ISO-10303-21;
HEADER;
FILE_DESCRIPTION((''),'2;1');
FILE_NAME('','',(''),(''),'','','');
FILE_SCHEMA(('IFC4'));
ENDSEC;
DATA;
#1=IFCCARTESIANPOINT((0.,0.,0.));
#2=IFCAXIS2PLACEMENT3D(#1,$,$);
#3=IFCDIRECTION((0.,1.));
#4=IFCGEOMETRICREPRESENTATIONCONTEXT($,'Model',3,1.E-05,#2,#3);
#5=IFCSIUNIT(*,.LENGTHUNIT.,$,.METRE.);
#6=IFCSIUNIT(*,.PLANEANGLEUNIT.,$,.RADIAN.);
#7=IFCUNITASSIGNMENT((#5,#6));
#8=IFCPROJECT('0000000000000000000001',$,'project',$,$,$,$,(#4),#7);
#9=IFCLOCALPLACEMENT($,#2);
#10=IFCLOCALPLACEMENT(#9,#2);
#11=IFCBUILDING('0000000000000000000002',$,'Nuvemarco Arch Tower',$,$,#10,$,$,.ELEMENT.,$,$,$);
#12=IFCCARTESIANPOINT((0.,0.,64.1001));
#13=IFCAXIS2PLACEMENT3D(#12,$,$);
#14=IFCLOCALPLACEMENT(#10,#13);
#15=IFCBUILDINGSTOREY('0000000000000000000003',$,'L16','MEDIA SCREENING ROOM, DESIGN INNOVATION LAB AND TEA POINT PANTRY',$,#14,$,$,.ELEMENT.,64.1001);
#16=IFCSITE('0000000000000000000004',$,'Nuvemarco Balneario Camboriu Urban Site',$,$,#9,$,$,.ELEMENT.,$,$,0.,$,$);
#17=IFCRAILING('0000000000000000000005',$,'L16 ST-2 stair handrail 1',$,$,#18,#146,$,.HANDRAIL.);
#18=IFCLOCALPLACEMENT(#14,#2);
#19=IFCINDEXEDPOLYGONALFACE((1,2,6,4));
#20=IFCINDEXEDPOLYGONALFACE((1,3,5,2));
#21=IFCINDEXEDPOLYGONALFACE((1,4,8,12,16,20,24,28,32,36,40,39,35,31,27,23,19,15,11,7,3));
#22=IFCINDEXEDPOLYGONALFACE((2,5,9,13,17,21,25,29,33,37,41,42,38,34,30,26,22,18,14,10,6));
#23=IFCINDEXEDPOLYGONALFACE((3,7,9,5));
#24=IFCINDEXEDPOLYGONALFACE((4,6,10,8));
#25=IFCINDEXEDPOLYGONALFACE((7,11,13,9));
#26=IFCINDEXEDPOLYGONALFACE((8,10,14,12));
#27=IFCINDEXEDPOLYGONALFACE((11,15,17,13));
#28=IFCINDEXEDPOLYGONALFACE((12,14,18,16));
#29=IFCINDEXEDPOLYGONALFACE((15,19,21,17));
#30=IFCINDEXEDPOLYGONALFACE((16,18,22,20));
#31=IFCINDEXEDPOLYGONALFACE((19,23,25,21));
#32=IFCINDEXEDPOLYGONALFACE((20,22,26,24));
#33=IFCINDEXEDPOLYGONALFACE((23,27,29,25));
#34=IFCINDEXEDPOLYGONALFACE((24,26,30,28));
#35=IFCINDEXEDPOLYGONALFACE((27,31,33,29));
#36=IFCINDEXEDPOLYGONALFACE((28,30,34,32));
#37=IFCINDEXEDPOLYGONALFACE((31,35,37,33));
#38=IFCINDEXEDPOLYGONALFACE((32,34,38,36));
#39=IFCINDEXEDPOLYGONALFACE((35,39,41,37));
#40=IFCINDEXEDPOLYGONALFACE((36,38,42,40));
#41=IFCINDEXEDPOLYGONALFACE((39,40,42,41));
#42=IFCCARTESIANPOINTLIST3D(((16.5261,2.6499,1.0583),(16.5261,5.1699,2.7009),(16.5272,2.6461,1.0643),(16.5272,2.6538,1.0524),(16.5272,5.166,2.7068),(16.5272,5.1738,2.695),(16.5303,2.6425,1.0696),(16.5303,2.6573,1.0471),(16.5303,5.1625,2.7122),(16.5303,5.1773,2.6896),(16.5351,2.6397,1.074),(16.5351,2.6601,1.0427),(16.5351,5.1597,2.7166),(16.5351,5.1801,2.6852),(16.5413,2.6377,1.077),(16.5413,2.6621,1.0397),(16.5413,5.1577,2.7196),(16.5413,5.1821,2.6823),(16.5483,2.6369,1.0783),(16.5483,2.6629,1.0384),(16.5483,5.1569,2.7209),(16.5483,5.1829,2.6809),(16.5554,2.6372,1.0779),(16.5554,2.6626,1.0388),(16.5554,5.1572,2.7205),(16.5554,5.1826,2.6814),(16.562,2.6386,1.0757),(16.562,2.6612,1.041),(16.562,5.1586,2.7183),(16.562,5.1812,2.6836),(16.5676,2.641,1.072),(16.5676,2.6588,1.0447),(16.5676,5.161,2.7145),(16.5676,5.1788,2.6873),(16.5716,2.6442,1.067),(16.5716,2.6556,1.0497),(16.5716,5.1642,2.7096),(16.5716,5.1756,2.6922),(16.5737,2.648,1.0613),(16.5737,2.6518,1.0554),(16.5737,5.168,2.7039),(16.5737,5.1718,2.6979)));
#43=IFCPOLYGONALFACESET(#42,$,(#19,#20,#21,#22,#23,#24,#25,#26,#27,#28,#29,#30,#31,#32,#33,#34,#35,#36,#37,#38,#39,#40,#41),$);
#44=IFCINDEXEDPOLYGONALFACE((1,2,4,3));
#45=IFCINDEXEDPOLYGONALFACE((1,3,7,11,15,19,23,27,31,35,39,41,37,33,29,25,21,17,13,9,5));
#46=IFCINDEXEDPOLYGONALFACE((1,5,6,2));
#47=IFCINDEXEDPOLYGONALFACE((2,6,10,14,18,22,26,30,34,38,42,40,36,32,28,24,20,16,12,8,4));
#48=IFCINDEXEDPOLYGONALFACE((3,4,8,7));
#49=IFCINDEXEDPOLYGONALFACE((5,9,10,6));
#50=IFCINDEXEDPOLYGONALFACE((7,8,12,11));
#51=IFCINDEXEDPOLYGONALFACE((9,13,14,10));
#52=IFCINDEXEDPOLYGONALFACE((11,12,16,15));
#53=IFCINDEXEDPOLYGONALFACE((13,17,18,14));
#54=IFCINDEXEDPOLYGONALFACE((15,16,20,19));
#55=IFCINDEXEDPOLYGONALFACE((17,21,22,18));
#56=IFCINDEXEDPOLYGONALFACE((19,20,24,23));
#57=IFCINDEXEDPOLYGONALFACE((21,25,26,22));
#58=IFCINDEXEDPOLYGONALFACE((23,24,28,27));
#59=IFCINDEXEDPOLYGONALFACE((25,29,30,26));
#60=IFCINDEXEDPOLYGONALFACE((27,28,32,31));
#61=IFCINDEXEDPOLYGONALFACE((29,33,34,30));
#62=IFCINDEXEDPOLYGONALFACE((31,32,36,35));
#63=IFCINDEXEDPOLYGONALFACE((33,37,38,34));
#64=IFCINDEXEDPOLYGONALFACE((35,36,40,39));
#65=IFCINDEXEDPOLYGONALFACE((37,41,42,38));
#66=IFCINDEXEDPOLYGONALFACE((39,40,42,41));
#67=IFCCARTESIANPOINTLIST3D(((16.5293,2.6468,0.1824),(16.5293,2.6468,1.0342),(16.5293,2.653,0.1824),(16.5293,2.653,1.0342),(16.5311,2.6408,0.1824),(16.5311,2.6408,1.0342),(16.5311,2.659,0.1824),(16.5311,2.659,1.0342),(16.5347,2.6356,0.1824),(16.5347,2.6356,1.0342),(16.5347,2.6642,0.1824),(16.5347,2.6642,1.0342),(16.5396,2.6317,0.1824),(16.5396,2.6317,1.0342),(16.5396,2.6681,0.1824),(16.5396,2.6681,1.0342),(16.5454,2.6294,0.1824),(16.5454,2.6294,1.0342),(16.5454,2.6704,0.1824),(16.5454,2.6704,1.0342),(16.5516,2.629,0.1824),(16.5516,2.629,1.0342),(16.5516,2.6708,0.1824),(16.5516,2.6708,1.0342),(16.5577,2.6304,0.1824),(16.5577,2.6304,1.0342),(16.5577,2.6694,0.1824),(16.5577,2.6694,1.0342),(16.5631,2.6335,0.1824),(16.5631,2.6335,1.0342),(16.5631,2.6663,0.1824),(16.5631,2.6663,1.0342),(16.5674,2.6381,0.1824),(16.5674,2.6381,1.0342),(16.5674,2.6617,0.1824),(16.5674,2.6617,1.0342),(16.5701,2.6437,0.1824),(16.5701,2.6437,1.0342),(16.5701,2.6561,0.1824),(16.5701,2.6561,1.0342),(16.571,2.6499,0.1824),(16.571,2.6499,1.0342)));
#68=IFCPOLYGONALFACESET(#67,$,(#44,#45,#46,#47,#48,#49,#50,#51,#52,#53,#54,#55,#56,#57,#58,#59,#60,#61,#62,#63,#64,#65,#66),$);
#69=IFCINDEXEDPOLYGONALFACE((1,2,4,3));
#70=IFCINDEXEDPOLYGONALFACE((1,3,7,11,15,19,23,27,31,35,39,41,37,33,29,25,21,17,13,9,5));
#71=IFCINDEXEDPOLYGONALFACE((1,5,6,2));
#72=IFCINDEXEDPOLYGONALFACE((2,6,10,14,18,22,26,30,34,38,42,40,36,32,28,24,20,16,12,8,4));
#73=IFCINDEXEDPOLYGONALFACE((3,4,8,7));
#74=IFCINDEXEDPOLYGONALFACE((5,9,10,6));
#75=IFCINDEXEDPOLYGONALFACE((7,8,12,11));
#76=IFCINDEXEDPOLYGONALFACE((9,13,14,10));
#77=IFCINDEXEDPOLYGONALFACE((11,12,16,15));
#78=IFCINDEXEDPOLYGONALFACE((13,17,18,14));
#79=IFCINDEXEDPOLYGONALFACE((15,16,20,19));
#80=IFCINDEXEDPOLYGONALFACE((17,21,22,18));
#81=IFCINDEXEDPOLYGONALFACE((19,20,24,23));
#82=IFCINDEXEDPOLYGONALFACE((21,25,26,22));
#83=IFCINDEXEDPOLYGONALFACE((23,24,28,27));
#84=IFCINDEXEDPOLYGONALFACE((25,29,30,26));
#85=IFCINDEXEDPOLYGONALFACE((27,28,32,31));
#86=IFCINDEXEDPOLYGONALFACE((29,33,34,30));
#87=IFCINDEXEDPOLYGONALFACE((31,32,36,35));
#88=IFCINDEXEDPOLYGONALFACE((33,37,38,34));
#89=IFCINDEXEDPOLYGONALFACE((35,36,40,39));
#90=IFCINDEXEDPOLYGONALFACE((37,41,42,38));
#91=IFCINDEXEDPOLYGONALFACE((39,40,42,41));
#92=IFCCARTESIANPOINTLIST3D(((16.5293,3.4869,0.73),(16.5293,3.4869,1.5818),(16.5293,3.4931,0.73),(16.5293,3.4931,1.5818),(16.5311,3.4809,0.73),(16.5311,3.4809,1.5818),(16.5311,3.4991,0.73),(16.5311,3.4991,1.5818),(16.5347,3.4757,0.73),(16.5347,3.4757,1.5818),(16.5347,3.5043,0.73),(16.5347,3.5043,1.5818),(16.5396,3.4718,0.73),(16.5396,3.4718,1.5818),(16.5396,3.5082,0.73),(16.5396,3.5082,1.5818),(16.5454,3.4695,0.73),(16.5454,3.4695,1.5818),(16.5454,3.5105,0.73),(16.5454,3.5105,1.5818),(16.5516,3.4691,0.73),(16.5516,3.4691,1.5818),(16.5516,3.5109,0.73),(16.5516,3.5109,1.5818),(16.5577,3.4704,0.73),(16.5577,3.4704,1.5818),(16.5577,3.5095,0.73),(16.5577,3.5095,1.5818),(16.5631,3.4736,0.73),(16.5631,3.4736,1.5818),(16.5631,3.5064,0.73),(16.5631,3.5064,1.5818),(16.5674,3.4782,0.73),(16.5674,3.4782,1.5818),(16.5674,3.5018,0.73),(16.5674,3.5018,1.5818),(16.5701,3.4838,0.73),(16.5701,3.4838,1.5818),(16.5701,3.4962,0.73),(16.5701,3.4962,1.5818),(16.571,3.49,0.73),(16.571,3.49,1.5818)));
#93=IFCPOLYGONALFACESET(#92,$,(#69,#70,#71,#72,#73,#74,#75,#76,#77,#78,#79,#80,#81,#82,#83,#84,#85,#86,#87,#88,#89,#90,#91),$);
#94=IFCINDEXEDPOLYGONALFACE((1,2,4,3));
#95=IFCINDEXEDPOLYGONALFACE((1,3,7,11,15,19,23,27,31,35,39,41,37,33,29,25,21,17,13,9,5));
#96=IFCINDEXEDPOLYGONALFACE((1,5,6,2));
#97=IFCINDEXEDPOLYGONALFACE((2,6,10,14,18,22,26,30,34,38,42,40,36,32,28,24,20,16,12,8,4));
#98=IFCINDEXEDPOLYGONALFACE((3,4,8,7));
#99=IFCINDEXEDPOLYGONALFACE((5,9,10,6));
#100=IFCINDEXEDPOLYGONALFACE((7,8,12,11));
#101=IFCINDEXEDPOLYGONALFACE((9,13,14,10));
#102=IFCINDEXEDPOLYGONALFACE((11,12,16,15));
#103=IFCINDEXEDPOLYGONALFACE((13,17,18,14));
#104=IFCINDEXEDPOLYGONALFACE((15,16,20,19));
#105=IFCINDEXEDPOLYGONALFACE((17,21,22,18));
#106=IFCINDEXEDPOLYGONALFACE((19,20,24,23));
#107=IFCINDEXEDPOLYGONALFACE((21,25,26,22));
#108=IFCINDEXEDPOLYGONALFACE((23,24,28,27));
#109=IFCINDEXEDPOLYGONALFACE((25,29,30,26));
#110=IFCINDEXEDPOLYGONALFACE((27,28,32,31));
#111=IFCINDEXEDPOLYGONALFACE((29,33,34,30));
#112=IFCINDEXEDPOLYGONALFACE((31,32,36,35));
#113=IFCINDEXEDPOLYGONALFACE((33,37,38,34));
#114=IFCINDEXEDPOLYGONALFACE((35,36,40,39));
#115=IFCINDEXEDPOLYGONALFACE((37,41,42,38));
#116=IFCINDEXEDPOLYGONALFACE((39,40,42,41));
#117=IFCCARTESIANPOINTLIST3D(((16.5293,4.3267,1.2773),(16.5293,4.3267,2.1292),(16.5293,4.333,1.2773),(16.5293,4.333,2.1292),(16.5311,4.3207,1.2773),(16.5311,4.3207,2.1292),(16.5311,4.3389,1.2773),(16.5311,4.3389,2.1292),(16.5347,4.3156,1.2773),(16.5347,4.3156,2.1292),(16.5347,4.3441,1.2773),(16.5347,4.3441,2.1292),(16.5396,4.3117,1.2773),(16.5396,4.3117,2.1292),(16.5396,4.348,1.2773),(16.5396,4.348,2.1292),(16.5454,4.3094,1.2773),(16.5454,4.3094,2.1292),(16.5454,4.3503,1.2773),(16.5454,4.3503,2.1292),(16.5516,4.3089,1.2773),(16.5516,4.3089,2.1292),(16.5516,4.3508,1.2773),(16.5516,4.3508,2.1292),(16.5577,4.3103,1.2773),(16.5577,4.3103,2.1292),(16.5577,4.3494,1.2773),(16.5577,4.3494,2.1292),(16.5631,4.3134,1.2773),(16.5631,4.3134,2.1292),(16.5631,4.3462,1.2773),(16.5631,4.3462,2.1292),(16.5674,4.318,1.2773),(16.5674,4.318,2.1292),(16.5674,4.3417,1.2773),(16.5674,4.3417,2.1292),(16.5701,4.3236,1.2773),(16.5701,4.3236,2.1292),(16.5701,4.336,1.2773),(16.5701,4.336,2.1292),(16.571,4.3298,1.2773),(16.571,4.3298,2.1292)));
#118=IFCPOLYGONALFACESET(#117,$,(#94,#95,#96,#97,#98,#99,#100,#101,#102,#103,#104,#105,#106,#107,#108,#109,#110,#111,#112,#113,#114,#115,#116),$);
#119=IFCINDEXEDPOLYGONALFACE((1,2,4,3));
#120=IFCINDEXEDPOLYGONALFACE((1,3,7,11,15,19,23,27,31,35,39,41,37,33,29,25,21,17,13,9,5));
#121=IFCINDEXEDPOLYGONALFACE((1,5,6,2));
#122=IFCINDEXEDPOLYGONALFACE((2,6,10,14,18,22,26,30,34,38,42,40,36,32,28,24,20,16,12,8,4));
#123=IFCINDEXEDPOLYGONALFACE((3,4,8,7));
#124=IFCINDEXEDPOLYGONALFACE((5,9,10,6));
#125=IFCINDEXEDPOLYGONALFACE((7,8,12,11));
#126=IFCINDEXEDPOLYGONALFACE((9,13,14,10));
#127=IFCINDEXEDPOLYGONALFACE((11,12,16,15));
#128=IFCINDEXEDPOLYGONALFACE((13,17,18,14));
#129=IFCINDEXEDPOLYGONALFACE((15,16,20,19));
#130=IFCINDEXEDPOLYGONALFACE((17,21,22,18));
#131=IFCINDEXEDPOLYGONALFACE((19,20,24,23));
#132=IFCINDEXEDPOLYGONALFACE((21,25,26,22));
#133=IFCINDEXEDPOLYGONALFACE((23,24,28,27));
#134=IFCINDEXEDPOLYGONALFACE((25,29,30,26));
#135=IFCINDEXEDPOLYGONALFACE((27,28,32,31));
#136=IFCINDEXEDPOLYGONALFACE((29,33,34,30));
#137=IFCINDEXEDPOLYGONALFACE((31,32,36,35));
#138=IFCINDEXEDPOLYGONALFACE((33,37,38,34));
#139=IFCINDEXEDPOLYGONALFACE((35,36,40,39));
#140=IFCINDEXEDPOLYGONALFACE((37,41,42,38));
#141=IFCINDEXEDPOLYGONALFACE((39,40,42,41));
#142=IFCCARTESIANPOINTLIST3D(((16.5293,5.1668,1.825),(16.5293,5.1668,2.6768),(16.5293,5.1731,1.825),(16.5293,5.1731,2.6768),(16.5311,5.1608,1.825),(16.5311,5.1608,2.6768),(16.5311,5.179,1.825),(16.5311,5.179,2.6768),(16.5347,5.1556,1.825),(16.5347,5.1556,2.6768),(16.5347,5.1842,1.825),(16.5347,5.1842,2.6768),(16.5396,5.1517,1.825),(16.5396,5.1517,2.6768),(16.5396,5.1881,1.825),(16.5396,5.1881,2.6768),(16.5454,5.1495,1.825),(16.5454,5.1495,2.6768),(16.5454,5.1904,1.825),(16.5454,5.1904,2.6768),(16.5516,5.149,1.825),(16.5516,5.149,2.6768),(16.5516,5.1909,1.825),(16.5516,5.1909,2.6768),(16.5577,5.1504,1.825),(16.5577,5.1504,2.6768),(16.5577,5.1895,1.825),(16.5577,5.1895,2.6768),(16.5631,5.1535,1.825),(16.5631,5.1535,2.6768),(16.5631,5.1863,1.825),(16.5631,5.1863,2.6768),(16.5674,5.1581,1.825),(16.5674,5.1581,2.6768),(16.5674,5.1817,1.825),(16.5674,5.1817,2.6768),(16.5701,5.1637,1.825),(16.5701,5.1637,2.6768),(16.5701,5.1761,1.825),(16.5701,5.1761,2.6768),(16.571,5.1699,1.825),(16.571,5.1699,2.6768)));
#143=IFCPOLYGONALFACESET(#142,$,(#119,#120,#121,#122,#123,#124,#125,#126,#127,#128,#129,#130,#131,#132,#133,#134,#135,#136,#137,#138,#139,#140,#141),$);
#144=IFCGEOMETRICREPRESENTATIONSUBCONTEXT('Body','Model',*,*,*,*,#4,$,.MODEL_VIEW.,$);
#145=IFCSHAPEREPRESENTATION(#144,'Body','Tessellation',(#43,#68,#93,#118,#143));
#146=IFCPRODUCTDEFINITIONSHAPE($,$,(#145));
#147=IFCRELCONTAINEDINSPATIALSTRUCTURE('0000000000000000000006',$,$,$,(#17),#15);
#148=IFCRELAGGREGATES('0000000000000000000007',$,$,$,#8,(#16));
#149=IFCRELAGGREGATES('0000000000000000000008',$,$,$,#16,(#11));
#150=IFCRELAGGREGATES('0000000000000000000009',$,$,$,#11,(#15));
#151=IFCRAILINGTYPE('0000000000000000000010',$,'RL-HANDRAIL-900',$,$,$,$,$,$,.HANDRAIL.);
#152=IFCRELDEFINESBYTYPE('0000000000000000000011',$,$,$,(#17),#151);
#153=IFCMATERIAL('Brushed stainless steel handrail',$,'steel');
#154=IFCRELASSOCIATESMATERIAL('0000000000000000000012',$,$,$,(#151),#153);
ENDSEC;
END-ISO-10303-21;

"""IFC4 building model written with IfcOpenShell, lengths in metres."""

from ifc_helpers import new_model, si_unit, direction, frame, origin, origin_2d, place, context, subcontext, project, spatial, circle, extrude, material, type_object, element, save


model = new_model("IFC4")

# Units and contexts
model_context = context("Model", 3, precision=1e-05, world=origin(), true_north=direction((0.0, 1.0)))
body_context = subcontext(model_context, "Body", "Model", "MODEL_VIEW")
ifc_project = project(units=[si_unit("LENGTHUNIT", "METRE"), si_unit("PLANEANGLEUNIT", "RADIAN")], contexts=[model_context])

# Site, building, storey
site_placement = place(None, origin())
site = spatial("IfcSite", under=ifc_project, at=site_placement, Name="Nuvemarco Balneario Camboriu Urban Site", CompositionType="ELEMENT", RefElevation=0.0)
building_placement = place(site_placement, origin())
building = spatial("IfcBuilding", under=site, at=building_placement, Name="Nuvemarco Arch Tower", CompositionType="ELEMENT")
storey_placement = place(building_placement, frame((0.0, 0.0, 64.1001)))
storey = spatial("IfcBuildingStorey", under=building, at=storey_placement, Name="L16", Description="MEDIA SCREENING ROOM, DESIGN INNOVATION LAB AND TEA POINT PANTRY", CompositionType="ELEMENT", Elevation=64.1001)

# Railing
ifc_material_1 = material(Name="Brushed stainless steel handrail", Category="steel")
railing_type_1 = type_object("IfcRailingType", Name="RL-HANDRAIL-900", PredefinedType="HANDRAIL", material=ifc_material_1)
railing_1_placement = place(storey_placement, frame((16.55, 2.6499, 0.1824)))
element("IfcRailing", 1, at=railing_1_placement, inside=storey, type_object=railing_type_1, Name="L16 ST-2 stair handrail 1", PredefinedType="HANDRAIL", context=body_context, shape_type="SweptSolid", body=[
    extrude(circle(Radius=0.0239, at=origin_2d()), frame((0.0, 0.0, 0.876), z_axis=(0.0, 0.837749, 0.546055), x_axis=(-1.0, 0.0, 0.0)), (0.0, 0.0, 1.0), 3.0081),
    extrude(circle(Radius=0.021, at=origin_2d()), origin(), (0.0, 0.0, 1.0), 0.8518),
    extrude(circle(Radius=0.021, at=origin_2d()), frame((0.0, 0.8401, 0.5476)), (0.0, 0.0, 1.0), 0.8518),
    extrude(circle(Radius=0.021, at=origin_2d()), frame((0.0, 1.6799, 1.095)), (0.0, 0.0, 1.0), 0.8518),
    extrude(circle(Radius=0.021, at=origin_2d()), frame((0.0, 2.52, 1.6426)), (0.0, 0.0, 1.0), 0.8518),
])

save(model, "model.ifc")
